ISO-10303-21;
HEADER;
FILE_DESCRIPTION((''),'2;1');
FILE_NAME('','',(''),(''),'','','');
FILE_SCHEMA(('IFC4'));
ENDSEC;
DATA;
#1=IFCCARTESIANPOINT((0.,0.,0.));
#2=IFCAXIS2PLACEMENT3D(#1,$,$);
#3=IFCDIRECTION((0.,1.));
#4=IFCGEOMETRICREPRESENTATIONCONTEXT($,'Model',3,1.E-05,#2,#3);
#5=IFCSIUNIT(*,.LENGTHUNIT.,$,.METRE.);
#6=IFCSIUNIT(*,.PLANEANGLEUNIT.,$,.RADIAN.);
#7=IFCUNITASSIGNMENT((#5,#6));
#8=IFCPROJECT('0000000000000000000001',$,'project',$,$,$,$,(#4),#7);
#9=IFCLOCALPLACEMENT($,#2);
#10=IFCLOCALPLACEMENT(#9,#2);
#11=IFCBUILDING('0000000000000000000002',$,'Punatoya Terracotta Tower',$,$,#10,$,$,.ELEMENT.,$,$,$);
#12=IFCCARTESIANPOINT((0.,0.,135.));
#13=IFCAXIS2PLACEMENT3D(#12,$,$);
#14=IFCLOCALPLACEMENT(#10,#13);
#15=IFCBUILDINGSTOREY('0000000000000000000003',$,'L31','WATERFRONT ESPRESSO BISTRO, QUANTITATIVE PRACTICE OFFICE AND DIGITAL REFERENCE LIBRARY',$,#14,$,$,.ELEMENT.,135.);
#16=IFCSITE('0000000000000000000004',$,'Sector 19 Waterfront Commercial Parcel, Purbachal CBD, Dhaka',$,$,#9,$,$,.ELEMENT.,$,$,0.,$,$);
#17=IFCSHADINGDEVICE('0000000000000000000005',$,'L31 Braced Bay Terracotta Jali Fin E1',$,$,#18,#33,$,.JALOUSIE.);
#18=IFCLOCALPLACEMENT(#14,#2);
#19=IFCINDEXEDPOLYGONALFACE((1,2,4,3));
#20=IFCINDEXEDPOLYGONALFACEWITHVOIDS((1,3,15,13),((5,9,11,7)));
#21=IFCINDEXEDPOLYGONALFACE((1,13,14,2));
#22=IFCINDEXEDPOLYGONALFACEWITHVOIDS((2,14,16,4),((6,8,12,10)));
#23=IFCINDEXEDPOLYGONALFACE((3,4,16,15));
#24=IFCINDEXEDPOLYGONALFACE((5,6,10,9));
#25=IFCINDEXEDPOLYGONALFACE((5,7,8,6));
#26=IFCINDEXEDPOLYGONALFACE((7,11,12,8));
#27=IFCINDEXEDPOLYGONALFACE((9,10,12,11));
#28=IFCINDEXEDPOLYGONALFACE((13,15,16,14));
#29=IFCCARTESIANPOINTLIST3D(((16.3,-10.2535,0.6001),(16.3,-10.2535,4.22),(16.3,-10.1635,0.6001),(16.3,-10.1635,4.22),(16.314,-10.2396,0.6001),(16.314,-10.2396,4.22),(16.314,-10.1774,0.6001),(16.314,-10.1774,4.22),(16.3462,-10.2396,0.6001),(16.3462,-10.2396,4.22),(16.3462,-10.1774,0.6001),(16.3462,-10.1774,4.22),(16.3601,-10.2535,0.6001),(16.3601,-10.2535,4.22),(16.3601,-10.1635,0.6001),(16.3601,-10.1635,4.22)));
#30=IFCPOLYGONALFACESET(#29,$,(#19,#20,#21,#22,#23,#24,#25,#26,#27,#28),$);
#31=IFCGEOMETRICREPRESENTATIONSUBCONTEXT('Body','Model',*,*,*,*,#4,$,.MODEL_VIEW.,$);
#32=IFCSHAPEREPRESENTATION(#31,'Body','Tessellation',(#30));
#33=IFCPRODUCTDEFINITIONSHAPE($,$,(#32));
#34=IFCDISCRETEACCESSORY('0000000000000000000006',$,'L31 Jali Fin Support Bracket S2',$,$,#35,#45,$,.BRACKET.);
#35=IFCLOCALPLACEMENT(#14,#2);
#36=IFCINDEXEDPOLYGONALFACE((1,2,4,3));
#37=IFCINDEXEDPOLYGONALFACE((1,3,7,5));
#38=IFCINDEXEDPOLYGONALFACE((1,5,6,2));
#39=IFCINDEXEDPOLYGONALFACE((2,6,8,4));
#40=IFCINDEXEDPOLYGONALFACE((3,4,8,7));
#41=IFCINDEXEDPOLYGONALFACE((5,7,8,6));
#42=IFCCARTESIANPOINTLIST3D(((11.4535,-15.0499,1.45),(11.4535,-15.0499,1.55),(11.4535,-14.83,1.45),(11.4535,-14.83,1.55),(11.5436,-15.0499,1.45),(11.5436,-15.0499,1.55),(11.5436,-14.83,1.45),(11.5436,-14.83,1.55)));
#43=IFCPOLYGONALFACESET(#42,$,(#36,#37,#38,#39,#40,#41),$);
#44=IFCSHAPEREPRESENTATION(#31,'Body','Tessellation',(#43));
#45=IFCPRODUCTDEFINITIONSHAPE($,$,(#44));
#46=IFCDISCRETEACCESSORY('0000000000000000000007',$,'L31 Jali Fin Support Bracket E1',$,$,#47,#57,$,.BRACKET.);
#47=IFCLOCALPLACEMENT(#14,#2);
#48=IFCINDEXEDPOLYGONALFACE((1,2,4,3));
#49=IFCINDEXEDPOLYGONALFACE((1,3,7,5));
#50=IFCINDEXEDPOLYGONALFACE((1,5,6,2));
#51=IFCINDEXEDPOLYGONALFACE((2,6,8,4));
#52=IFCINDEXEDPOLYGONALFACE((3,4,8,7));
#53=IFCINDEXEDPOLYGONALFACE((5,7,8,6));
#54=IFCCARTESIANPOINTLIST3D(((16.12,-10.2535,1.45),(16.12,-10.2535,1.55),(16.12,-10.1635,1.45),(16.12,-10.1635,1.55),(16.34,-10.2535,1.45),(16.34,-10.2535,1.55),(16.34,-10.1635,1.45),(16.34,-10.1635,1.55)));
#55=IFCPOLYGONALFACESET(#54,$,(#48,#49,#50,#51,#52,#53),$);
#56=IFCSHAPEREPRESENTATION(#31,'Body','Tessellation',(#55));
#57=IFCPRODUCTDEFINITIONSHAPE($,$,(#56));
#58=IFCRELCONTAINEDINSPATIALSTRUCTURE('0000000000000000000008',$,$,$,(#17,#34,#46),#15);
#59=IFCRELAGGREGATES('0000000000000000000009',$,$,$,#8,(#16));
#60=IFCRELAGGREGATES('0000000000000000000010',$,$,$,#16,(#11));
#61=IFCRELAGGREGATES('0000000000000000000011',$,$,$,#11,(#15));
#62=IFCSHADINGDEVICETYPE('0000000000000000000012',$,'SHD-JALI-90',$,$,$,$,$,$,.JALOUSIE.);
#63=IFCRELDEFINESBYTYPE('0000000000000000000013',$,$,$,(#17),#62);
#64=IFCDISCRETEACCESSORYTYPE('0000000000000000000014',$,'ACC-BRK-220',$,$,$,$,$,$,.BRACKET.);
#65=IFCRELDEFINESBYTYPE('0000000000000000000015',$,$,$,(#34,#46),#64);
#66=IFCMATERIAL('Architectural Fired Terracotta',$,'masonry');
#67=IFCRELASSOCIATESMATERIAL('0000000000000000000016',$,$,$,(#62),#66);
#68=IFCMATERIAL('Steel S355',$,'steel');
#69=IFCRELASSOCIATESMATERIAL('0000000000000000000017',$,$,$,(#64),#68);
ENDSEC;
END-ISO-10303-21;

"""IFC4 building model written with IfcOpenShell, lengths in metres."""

from ifc_helpers import new_model, si_unit, direction, frame, origin, origin_2d, place, context, subcontext, project, spatial, rectangle, hollow_rectangle, extrude, material, material_profile, profile_set, type_object, element, save


model = new_model("IFC4")

# Units and contexts
model_context = context("Model", 3, precision=1e-05, world=origin(), true_north=direction((0.0, 1.0)))
body_context = subcontext(model_context, "Body", "Model", "MODEL_VIEW")
ifc_project = project(units=[si_unit("LENGTHUNIT", "METRE"), si_unit("PLANEANGLEUNIT", "RADIAN")], contexts=[model_context])

# Site, building, storey
site_placement = place(None, origin())
site = spatial("IfcSite", under=ifc_project, at=site_placement, Name="Sector 19 Waterfront Commercial Parcel, Purbachal CBD, Dhaka", CompositionType="ELEMENT", RefElevation=0.0)
building_placement = place(site_placement, origin())
building = spatial("IfcBuilding", under=site, at=building_placement, Name="Punatoya Terracotta Tower", CompositionType="ELEMENT")
storey_placement = place(building_placement, frame((0.0, 0.0, 135.0)))
storey = spatial("IfcBuildingStorey", under=building, at=storey_placement, Name="L31", Description="WATERFRONT ESPRESSO BISTRO, QUANTITATIVE PRACTICE OFFICE AND DIGITAL REFERENCE LIBRARY", CompositionType="ELEMENT", Elevation=135.0)

# Shared definitions
ifc_material_1 = material(Name="Steel S355", Category="steel")

# Shading device
ifc_material_2 = material(Name="Architectural Fired Terracotta", Category="masonry")
ifc_material_profile_1 = material_profile(ifc_material_2, hollow_rectangle(XDim=0.0601, YDim=0.0901, WallThickness=0.0139, at=origin_2d()))
ifc_profile_set_1 = profile_set([ifc_material_profile_1], Name="Architectural Fired Terracotta")
shading_device_type = type_object("IfcShadingDeviceType", Name="SHD-JALI-90", PredefinedType="JALOUSIE", material=ifc_profile_set_1)
for number, where, z_axis, x_axis, name in (
    (1, (16.3301, -10.2085, 0.6001), (0.0, 0.0, 1.0), (1.0, 0.0, 0.0), "L31 Braced Bay Terracotta Jali Fin E1"),
):
    element("IfcShadingDevice", number, at=place(storey_placement, frame(where, z_axis=z_axis, x_axis=x_axis)), inside=storey, type_object=shading_device_type, Name=name, PredefinedType="JALOUSIE", context=body_context, shape_type="SweptSolid", body=[
        extrude(hollow_rectangle(XDim=0.0601, YDim=0.0901, WallThickness=0.0139, at=origin_2d()), origin(), (0.0, 0.0, 1.0), 3.6199),
    ])

# Discrete accessories
discrete_accessory_type = type_object("IfcDiscreteAccessoryType", Name="ACC-BRK-220", PredefinedType="BRACKET", material=ifc_material_1)
for number, where, z_axis, x_axis, name in (
    (2, (11.4985, -14.9399, 1.45), (0.0, 0.0, 1.0), (1.0, 0.0, 0.0), "L31 Jali Fin Support Bracket S2"),
    (3, (16.23, -10.2085, 1.45), (0.0, 0.0, 1.0), (0.0, 1.0, 0.0), "L31 Jali Fin Support Bracket E1"),
):
    element("IfcDiscreteAccessory", number, at=place(storey_placement, frame(where, z_axis=z_axis, x_axis=x_axis)), inside=storey, type_object=discrete_accessory_type, Name=name, PredefinedType="BRACKET", context=body_context, shape_type="SweptSolid", body=[
        extrude(rectangle(XDim=0.0901, YDim=0.22, at=origin_2d()), origin(), (0.0, 0.0, 1.0), 0.1001),
    ])

save(model, "model.ifc")
